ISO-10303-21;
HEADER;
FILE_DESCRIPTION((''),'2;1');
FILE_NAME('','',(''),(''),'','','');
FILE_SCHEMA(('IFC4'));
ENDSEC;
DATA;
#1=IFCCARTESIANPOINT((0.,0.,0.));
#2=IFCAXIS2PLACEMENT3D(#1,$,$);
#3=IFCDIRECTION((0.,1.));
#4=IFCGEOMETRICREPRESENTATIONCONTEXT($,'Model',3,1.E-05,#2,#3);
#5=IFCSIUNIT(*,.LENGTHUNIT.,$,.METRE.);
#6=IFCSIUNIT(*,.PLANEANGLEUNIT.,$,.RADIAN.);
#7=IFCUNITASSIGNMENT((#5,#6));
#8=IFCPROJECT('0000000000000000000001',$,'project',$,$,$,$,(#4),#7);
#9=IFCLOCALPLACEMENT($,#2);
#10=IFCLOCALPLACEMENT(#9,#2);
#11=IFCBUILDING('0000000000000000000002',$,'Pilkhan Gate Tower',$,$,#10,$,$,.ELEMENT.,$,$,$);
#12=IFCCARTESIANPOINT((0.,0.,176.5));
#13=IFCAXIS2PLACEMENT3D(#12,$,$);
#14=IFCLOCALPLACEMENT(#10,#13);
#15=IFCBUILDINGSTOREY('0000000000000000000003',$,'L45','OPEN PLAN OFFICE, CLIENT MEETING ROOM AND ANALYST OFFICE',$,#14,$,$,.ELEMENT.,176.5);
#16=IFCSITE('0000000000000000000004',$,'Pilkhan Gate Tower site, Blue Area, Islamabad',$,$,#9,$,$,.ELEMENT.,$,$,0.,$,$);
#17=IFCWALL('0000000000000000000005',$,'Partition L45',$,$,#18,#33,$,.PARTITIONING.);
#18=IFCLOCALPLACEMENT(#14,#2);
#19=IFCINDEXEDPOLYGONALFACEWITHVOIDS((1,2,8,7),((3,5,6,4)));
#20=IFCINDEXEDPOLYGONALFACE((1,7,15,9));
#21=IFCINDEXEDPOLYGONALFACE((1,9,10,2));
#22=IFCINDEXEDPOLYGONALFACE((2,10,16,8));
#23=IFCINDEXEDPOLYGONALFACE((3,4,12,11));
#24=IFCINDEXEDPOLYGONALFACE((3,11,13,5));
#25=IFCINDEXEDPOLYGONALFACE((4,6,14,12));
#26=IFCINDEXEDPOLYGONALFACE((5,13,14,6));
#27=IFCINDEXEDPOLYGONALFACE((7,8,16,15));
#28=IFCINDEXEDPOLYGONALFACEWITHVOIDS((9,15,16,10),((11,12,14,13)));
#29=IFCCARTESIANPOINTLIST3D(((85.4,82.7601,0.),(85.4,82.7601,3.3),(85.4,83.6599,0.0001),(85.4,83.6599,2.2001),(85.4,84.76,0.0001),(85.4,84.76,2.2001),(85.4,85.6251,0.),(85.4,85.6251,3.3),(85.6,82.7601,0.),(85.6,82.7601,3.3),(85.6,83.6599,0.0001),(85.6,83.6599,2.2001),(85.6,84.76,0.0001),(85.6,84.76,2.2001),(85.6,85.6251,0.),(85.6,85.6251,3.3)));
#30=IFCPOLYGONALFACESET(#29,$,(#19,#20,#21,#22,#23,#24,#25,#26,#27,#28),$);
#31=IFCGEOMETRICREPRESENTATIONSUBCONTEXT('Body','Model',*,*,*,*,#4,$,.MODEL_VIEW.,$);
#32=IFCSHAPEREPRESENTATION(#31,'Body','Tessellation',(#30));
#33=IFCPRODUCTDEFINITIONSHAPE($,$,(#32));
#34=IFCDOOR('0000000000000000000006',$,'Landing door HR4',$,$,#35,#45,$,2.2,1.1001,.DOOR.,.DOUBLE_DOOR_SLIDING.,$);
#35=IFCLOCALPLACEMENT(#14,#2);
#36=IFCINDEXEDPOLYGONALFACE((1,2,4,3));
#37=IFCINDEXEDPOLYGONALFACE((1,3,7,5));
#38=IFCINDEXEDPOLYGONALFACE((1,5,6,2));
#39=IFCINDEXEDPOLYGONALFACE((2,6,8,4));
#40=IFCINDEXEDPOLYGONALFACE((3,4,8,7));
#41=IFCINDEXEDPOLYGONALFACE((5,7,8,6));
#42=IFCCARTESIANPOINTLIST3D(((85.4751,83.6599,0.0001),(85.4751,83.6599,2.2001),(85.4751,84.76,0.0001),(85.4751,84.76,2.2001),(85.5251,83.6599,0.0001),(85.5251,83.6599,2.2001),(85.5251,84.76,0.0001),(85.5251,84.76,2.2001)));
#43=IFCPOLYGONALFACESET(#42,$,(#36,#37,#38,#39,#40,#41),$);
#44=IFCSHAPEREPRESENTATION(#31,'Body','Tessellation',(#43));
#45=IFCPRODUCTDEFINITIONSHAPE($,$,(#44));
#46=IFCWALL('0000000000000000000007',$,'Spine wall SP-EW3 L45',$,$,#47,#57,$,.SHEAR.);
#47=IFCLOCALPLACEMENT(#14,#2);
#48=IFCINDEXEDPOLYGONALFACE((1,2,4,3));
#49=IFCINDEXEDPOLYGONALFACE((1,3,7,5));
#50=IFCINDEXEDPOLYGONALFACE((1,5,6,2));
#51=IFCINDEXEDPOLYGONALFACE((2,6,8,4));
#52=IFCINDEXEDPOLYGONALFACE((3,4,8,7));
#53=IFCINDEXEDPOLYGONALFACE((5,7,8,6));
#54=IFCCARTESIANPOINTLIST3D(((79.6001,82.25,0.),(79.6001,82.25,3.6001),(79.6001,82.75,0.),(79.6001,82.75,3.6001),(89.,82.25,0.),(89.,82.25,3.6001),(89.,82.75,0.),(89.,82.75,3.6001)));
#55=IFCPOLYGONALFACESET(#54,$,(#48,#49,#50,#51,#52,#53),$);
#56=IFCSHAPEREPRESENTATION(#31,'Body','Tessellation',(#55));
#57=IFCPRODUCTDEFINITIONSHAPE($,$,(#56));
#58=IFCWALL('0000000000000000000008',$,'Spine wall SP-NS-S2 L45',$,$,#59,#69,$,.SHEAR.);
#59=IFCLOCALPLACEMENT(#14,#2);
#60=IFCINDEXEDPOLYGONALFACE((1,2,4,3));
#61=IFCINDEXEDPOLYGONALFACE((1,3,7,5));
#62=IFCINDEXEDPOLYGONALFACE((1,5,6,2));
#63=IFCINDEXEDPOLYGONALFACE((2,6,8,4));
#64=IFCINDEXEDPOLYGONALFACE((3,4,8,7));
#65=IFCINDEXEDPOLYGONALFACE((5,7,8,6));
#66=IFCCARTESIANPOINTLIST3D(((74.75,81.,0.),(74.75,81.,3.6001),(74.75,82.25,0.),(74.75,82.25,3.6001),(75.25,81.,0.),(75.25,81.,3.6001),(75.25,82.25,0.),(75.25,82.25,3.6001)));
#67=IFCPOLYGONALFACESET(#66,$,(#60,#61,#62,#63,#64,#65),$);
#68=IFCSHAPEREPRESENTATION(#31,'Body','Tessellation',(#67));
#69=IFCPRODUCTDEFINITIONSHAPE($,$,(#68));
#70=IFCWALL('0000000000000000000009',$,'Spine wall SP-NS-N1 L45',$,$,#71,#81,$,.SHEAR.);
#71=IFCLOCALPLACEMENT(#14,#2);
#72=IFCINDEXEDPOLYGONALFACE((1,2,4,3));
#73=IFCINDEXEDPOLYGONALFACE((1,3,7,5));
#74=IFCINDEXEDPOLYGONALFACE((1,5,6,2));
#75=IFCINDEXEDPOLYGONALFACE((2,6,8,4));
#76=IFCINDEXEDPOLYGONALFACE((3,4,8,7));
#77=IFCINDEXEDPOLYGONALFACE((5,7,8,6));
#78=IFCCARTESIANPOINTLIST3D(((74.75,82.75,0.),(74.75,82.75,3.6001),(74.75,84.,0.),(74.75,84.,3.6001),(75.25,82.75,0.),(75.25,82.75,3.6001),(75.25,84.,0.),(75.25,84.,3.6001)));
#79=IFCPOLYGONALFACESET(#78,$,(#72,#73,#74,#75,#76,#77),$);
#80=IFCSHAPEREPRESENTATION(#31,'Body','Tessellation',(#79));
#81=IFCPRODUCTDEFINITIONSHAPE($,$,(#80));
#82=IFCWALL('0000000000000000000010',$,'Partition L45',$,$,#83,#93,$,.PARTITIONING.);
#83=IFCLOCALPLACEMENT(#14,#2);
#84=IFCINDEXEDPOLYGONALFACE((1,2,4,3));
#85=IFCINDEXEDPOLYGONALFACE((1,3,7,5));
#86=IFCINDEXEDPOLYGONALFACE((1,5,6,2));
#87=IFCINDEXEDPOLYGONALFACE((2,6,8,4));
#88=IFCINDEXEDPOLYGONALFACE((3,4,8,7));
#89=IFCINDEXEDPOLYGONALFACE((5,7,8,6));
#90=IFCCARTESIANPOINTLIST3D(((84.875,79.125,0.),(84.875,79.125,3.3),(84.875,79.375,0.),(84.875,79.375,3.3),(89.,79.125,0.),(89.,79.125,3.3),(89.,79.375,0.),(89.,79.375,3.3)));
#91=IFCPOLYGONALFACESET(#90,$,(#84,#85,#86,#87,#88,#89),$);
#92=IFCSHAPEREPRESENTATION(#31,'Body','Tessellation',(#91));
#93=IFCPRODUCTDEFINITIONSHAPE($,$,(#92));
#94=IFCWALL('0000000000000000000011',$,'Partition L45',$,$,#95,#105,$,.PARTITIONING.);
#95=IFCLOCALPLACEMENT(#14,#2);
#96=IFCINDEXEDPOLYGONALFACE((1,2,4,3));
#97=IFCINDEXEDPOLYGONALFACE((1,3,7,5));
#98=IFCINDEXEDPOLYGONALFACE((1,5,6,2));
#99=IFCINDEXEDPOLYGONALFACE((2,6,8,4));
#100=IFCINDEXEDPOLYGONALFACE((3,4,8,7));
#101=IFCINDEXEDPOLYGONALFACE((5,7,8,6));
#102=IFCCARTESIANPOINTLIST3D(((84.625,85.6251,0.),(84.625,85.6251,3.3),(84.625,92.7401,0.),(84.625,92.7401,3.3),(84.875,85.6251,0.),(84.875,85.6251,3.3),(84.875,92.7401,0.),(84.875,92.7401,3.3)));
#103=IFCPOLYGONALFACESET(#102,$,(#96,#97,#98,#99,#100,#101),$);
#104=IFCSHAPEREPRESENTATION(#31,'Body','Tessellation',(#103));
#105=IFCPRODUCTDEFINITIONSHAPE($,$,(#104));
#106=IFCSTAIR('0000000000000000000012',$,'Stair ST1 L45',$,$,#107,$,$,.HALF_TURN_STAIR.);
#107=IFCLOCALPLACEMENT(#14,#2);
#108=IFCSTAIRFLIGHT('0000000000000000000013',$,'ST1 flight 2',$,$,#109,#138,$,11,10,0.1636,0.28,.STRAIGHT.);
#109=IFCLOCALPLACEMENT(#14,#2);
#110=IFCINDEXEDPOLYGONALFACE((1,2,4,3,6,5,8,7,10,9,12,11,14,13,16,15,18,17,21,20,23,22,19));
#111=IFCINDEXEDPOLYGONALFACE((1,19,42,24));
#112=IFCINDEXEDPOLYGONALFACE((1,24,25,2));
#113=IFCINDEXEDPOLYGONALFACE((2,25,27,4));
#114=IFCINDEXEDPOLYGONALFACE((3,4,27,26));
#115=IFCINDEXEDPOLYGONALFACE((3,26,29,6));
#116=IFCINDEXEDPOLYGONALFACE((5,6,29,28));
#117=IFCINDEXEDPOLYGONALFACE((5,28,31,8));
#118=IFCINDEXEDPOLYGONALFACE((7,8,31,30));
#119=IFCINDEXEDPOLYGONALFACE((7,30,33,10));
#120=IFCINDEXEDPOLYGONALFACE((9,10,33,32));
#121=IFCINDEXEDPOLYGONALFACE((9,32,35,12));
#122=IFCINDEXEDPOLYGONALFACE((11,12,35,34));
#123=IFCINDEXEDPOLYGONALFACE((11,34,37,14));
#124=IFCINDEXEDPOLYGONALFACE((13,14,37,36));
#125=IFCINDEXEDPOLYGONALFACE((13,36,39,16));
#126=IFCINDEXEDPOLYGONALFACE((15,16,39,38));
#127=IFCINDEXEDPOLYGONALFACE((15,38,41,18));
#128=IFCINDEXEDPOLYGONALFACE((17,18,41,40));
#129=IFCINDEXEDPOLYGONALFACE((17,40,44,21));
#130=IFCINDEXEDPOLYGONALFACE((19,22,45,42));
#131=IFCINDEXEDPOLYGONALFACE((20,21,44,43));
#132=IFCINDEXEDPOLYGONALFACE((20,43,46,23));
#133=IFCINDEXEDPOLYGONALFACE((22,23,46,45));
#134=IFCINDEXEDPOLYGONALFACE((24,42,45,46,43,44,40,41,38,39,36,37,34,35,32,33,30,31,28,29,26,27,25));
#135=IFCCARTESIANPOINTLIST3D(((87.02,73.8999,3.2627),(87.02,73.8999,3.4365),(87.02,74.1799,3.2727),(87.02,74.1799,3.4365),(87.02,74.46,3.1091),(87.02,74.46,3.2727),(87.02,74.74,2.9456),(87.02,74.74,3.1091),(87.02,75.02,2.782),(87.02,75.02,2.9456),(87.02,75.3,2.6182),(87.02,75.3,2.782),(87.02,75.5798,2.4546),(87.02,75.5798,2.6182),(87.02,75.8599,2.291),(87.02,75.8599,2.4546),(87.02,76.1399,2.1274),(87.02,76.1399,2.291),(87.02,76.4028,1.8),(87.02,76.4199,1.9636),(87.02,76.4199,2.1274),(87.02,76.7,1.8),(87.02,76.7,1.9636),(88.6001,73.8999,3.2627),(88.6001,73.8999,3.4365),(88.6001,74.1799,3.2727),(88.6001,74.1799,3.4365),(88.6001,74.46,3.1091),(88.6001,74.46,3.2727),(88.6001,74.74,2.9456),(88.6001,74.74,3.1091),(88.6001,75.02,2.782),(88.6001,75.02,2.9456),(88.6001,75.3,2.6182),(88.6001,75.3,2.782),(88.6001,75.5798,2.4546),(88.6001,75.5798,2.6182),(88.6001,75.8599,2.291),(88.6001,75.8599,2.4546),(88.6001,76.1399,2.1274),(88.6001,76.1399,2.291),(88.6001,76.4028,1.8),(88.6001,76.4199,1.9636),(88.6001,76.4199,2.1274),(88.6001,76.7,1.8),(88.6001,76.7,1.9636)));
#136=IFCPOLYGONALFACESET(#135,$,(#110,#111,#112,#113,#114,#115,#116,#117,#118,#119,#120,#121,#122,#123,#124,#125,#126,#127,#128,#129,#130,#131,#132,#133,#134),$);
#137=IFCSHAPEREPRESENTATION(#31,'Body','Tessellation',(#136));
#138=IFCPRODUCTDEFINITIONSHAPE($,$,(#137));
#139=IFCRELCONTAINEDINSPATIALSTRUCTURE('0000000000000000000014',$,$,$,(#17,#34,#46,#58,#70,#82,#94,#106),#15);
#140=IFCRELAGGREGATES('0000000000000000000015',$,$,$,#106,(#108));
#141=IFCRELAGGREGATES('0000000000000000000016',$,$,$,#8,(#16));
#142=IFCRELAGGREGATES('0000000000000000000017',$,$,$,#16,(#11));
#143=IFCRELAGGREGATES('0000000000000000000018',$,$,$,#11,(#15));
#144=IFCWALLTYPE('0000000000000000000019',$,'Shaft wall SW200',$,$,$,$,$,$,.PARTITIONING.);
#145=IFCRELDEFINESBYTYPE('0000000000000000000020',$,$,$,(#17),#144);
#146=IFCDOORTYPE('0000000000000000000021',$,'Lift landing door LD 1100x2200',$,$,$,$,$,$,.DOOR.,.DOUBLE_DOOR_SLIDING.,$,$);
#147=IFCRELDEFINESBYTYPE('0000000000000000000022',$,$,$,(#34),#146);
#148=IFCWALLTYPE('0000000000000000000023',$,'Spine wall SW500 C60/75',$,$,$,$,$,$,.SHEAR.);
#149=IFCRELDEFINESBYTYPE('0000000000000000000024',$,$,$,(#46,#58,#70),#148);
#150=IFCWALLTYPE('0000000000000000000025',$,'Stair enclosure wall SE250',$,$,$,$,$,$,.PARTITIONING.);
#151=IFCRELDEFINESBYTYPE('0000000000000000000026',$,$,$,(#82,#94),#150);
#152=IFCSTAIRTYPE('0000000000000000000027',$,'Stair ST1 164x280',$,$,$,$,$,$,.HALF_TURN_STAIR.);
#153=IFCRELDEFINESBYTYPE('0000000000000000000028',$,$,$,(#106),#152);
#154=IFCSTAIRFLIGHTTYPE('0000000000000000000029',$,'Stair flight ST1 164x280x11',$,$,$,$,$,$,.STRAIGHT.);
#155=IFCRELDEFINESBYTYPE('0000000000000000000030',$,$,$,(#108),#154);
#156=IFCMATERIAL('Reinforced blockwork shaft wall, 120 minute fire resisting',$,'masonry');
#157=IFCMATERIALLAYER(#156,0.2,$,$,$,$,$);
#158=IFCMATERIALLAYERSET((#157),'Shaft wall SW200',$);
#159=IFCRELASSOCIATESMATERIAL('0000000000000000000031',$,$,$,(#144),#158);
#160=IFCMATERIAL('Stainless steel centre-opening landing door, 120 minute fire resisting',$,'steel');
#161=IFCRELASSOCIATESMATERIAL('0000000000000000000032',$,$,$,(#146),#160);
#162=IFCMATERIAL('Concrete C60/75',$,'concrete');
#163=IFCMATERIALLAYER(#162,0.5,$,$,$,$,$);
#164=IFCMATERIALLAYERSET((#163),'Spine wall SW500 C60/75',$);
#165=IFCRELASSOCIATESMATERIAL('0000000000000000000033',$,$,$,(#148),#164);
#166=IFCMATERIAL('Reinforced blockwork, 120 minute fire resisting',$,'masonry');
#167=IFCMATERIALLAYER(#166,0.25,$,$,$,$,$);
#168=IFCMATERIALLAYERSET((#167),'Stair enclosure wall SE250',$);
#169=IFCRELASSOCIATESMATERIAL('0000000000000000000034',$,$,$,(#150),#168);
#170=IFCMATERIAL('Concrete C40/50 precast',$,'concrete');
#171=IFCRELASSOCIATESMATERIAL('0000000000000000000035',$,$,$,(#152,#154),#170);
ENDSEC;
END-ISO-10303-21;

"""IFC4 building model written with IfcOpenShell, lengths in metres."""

from ifc_helpers import new_model, si_unit, direction, frame, frame_2d, origin, place, context, subcontext, project, spatial, polyline, rectangle, outline, extrude, material, layer, layer_set, type_object, element, fill, aggregate, save


model = new_model("IFC4")

# Units and contexts
model_context = context("Model", 3, precision=1e-05, world=origin(), true_north=direction((0.0, 1.0)))
body_context = subcontext(model_context, "Body", "Model", "MODEL_VIEW")
ifc_project = project(units=[si_unit("LENGTHUNIT", "METRE"), si_unit("PLANEANGLEUNIT", "RADIAN")], contexts=[model_context])

# Site, building, storey
site_placement = place(None, origin())
site = spatial("IfcSite", under=ifc_project, at=site_placement, Name="Pilkhan Gate Tower site, Blue Area, Islamabad", CompositionType="ELEMENT", RefElevation=0.0)
building_placement = place(site_placement, origin())
building = spatial("IfcBuilding", under=site, at=building_placement, Name="Pilkhan Gate Tower", CompositionType="ELEMENT")
storey_placement = place(building_placement, frame((0.0, 0.0, 176.5)))
storey = spatial("IfcBuildingStorey", under=building, at=storey_placement, Name="L45", Description="OPEN PLAN OFFICE, CLIENT MEETING ROOM AND ANALYST OFFICE", CompositionType="ELEMENT", Elevation=176.5)

# Shared definitions
ifc_material_1 = material(Name="Concrete C60/75", Category="concrete")

# Wall, opening, door
ifc_material_2 = material(Name="Reinforced blockwork shaft wall, 120 minute fire resisting", Category="masonry")
ifc_layer_1 = layer(ifc_material_2, 0.2)
ifc_layer_set_1 = layer_set([ifc_layer_1], Name="Shaft wall SW200")
wall_type_1 = type_object("IfcWallType", Name="Shaft wall SW200", PredefinedType="PARTITIONING", material=ifc_layer_set_1)
wall_1_placement = place(storey_placement, frame((85.5, 82.76, 0.0), z_axis=(0.0, 0.0, 1.0), x_axis=(0.0, 1.0, 0.0)))
wall_1 = element("IfcWall", 1, at=wall_1_placement, inside=storey, type_object=wall_type_1, Name="Partition L45", PredefinedType="PARTITIONING", context=body_context, shape_type="SweptSolid", body=[
    extrude(rectangle(XDim=2.865, YDim=0.2, at=frame_2d((1.4326, 0.0))), origin(), (0.0, 0.0, 1.0), 3.3),
])
opening_1_placement = place(wall_1_placement, frame((0.8999, 0.0, 0.0)))
opening_1 = element("IfcOpeningElement", 2, at=opening_1_placement, cuts=wall_1, PredefinedType="OPENING", context=body_context, shape_type="SweptSolid", body=[
    extrude(rectangle(XDim=1.1001, YDim=2.2, at=frame_2d((0.55, 1.1001))), frame((0.0, 0.1099, 0.0), z_axis=(0.0, -1.0, 0.0), x_axis=(1.0, 0.0, 0.0)), (0.0, 0.0, 1.0), 0.22),
])
ifc_material_3 = material(Name="Stainless steel centre-opening landing door, 120 minute fire resisting", Category="steel")
door_type_1 = type_object("IfcDoorType", Name="Lift landing door LD 1100x2200", OperationType="DOUBLE_DOOR_SLIDING", PredefinedType="DOOR", material=ifc_material_3)
door_1_placement = place(opening_1_placement, origin())
door_1 = element("IfcDoor", 3, at=door_1_placement, inside=storey, type_object=door_type_1, Name="Landing door HR4", OperationType="DOUBLE_DOOR_SLIDING", OverallHeight=2.2, OverallWidth=1.1001, PredefinedType="DOOR", context=body_context, shape_type="SweptSolid", body=[
    extrude(rectangle(XDim=1.1001, YDim=2.2, at=frame_2d((0.55, 1.1001))), frame((0.0, 0.0249, 0.0), z_axis=(0.0, -1.0, 0.0), x_axis=(1.0, 0.0, 0.0)), (0.0, 0.0, 1.0), 0.05),
])
fill(opening_1, door_1)

# Walls
ifc_layer_2 = layer(ifc_material_1, 0.5)
ifc_layer_set_2 = layer_set([ifc_layer_2], Name="Spine wall SW500 C60/75")
wall_type_2 = type_object("IfcWallType", Name="Spine wall SW500 C60/75", PredefinedType="SHEAR", material=ifc_layer_set_2)
wall_2_placement = place(storey_placement, frame((79.6001, 82.5, 0.0), z_axis=(0.0, 0.0, 1.0), x_axis=(1.0, 0.0, 0.0)))
element("IfcWall", 4, at=wall_2_placement, inside=storey, type_object=wall_type_2, Name="Spine wall SP-EW3 L45", PredefinedType="SHEAR", context=body_context, shape_type="SweptSolid", body=[
    extrude(rectangle(XDim=9.3999, YDim=0.5, at=frame_2d((4.7, 0.0))), origin(), (0.0, 0.0, 1.0), 3.6001),
])
for number, where, z_axis, x_axis, name in (
    (5, (75.0, 81.0, 0.0), (0.0, 0.0, 1.0), (0.0, 1.0, 0.0), "Spine wall SP-NS-S2 L45"),
    (6, (75.0, 82.75, 0.0), (0.0, 0.0, 1.0), (0.0, 1.0, 0.0), "Spine wall SP-NS-N1 L45"),
):
    element("IfcWall", number, at=place(storey_placement, frame(where, z_axis=z_axis, x_axis=x_axis)), inside=storey, type_object=wall_type_2, Name=name, PredefinedType="SHEAR", context=body_context, shape_type="SweptSolid", body=[
        extrude(rectangle(XDim=1.25, YDim=0.5, at=frame_2d((0.625, 0.0))), origin(), (0.0, 0.0, 1.0), 3.6001),
    ])
ifc_material_4 = material(Name="Reinforced blockwork, 120 minute fire resisting", Category="masonry")
ifc_layer_3 = layer(ifc_material_4, 0.25)
ifc_layer_set_3 = layer_set([ifc_layer_3], Name="Stair enclosure wall SE250")
wall_type_3 = type_object("IfcWallType", Name="Stair enclosure wall SE250", PredefinedType="PARTITIONING", material=ifc_layer_set_3)
wall_3_placement = place(storey_placement, frame((84.875, 79.25, 0.0), z_axis=(0.0, 0.0, 1.0), x_axis=(1.0, 0.0, 0.0)))
element("IfcWall", 7, at=wall_3_placement, inside=storey, type_object=wall_type_3, Name="Partition L45", PredefinedType="PARTITIONING", context=body_context, shape_type="SweptSolid", body=[
    extrude(rectangle(XDim=4.125, YDim=0.25, at=frame_2d((2.0625, 0.0))), origin(), (0.0, 0.0, 1.0), 3.3),
])
wall_4_placement = place(storey_placement, frame((84.75, 85.625, 0.0), z_axis=(0.0, 0.0, 1.0), x_axis=(0.0, 1.0, 0.0)))
element("IfcWall", 8, at=wall_4_placement, inside=storey, type_object=wall_type_3, Name="Partition L45", PredefinedType="PARTITIONING", context=body_context, shape_type="SweptSolid", body=[
    extrude(rectangle(XDim=7.115, YDim=0.25, at=frame_2d((3.5576, 0.0))), origin(), (0.0, 0.0, 1.0), 3.3),
])

# Stair, stair flight
ifc_material_5 = material(Name="Concrete C40/50 precast", Category="concrete")
stair_type = type_object("IfcStairType", Name="Stair ST1 164x280", PredefinedType="HALF_TURN_STAIR", material=ifc_material_5)
stair_placement = place(storey_placement, origin())
stair = element("IfcStair", 9, at=stair_placement, inside=storey, type_object=stair_type, Name="Stair ST1 L45", PredefinedType="HALF_TURN_STAIR")
stair_flight_type = type_object("IfcStairFlightType", Name="Stair flight ST1 164x280x11", PredefinedType="STRAIGHT", material=ifc_material_5)
stair_flight_placement = place(storey_placement, frame((87.8101, 76.7, 1.8), z_axis=(0.0, 0.0, 1.0), x_axis=(0.0, -1.0, 0.0)))
stair_flight = element("IfcStairFlight", 10, at=stair_flight_placement, type_object=stair_flight_type, Name="ST1 flight 2", NumberOfRisers=11, NumberOfTreads=10, PredefinedType="STRAIGHT", RiserHeight=0.1636, TreadLength=0.28, context=body_context, shape_type="SweptSolid", body=[
    extrude(outline(polyline([(0.0, 0.0), (0.0, 0.1636), (0.28, 0.1636), (0.28, 0.3274), (0.5601, 0.3274), (0.5601, 0.491), (0.8401, 0.491), (0.8401, 0.6545), (1.1201, 0.6545), (1.1201, 0.8181), (1.3999, 0.8181), (1.3999, 0.9819), (1.6799, 0.9819), (1.6799, 1.1455), (1.96, 1.1455), (1.96, 1.3091), (2.24, 1.3091), (2.24, 1.4727), (2.52, 1.4727), (2.52, 1.6365), (2.8, 1.6365), (2.8, 1.8), (2.8, 1.4626), (0.2971, 0.0), (0.0, 0.0)])), frame((0.0, 0.79, 0.0), z_axis=(0.0, -1.0, 0.0), x_axis=(1.0, 0.0, 0.0)), (0.0, 0.0, 1.0), 1.5801),
])
aggregate(stair, [stair_flight])

save(model, "model.ifc")
